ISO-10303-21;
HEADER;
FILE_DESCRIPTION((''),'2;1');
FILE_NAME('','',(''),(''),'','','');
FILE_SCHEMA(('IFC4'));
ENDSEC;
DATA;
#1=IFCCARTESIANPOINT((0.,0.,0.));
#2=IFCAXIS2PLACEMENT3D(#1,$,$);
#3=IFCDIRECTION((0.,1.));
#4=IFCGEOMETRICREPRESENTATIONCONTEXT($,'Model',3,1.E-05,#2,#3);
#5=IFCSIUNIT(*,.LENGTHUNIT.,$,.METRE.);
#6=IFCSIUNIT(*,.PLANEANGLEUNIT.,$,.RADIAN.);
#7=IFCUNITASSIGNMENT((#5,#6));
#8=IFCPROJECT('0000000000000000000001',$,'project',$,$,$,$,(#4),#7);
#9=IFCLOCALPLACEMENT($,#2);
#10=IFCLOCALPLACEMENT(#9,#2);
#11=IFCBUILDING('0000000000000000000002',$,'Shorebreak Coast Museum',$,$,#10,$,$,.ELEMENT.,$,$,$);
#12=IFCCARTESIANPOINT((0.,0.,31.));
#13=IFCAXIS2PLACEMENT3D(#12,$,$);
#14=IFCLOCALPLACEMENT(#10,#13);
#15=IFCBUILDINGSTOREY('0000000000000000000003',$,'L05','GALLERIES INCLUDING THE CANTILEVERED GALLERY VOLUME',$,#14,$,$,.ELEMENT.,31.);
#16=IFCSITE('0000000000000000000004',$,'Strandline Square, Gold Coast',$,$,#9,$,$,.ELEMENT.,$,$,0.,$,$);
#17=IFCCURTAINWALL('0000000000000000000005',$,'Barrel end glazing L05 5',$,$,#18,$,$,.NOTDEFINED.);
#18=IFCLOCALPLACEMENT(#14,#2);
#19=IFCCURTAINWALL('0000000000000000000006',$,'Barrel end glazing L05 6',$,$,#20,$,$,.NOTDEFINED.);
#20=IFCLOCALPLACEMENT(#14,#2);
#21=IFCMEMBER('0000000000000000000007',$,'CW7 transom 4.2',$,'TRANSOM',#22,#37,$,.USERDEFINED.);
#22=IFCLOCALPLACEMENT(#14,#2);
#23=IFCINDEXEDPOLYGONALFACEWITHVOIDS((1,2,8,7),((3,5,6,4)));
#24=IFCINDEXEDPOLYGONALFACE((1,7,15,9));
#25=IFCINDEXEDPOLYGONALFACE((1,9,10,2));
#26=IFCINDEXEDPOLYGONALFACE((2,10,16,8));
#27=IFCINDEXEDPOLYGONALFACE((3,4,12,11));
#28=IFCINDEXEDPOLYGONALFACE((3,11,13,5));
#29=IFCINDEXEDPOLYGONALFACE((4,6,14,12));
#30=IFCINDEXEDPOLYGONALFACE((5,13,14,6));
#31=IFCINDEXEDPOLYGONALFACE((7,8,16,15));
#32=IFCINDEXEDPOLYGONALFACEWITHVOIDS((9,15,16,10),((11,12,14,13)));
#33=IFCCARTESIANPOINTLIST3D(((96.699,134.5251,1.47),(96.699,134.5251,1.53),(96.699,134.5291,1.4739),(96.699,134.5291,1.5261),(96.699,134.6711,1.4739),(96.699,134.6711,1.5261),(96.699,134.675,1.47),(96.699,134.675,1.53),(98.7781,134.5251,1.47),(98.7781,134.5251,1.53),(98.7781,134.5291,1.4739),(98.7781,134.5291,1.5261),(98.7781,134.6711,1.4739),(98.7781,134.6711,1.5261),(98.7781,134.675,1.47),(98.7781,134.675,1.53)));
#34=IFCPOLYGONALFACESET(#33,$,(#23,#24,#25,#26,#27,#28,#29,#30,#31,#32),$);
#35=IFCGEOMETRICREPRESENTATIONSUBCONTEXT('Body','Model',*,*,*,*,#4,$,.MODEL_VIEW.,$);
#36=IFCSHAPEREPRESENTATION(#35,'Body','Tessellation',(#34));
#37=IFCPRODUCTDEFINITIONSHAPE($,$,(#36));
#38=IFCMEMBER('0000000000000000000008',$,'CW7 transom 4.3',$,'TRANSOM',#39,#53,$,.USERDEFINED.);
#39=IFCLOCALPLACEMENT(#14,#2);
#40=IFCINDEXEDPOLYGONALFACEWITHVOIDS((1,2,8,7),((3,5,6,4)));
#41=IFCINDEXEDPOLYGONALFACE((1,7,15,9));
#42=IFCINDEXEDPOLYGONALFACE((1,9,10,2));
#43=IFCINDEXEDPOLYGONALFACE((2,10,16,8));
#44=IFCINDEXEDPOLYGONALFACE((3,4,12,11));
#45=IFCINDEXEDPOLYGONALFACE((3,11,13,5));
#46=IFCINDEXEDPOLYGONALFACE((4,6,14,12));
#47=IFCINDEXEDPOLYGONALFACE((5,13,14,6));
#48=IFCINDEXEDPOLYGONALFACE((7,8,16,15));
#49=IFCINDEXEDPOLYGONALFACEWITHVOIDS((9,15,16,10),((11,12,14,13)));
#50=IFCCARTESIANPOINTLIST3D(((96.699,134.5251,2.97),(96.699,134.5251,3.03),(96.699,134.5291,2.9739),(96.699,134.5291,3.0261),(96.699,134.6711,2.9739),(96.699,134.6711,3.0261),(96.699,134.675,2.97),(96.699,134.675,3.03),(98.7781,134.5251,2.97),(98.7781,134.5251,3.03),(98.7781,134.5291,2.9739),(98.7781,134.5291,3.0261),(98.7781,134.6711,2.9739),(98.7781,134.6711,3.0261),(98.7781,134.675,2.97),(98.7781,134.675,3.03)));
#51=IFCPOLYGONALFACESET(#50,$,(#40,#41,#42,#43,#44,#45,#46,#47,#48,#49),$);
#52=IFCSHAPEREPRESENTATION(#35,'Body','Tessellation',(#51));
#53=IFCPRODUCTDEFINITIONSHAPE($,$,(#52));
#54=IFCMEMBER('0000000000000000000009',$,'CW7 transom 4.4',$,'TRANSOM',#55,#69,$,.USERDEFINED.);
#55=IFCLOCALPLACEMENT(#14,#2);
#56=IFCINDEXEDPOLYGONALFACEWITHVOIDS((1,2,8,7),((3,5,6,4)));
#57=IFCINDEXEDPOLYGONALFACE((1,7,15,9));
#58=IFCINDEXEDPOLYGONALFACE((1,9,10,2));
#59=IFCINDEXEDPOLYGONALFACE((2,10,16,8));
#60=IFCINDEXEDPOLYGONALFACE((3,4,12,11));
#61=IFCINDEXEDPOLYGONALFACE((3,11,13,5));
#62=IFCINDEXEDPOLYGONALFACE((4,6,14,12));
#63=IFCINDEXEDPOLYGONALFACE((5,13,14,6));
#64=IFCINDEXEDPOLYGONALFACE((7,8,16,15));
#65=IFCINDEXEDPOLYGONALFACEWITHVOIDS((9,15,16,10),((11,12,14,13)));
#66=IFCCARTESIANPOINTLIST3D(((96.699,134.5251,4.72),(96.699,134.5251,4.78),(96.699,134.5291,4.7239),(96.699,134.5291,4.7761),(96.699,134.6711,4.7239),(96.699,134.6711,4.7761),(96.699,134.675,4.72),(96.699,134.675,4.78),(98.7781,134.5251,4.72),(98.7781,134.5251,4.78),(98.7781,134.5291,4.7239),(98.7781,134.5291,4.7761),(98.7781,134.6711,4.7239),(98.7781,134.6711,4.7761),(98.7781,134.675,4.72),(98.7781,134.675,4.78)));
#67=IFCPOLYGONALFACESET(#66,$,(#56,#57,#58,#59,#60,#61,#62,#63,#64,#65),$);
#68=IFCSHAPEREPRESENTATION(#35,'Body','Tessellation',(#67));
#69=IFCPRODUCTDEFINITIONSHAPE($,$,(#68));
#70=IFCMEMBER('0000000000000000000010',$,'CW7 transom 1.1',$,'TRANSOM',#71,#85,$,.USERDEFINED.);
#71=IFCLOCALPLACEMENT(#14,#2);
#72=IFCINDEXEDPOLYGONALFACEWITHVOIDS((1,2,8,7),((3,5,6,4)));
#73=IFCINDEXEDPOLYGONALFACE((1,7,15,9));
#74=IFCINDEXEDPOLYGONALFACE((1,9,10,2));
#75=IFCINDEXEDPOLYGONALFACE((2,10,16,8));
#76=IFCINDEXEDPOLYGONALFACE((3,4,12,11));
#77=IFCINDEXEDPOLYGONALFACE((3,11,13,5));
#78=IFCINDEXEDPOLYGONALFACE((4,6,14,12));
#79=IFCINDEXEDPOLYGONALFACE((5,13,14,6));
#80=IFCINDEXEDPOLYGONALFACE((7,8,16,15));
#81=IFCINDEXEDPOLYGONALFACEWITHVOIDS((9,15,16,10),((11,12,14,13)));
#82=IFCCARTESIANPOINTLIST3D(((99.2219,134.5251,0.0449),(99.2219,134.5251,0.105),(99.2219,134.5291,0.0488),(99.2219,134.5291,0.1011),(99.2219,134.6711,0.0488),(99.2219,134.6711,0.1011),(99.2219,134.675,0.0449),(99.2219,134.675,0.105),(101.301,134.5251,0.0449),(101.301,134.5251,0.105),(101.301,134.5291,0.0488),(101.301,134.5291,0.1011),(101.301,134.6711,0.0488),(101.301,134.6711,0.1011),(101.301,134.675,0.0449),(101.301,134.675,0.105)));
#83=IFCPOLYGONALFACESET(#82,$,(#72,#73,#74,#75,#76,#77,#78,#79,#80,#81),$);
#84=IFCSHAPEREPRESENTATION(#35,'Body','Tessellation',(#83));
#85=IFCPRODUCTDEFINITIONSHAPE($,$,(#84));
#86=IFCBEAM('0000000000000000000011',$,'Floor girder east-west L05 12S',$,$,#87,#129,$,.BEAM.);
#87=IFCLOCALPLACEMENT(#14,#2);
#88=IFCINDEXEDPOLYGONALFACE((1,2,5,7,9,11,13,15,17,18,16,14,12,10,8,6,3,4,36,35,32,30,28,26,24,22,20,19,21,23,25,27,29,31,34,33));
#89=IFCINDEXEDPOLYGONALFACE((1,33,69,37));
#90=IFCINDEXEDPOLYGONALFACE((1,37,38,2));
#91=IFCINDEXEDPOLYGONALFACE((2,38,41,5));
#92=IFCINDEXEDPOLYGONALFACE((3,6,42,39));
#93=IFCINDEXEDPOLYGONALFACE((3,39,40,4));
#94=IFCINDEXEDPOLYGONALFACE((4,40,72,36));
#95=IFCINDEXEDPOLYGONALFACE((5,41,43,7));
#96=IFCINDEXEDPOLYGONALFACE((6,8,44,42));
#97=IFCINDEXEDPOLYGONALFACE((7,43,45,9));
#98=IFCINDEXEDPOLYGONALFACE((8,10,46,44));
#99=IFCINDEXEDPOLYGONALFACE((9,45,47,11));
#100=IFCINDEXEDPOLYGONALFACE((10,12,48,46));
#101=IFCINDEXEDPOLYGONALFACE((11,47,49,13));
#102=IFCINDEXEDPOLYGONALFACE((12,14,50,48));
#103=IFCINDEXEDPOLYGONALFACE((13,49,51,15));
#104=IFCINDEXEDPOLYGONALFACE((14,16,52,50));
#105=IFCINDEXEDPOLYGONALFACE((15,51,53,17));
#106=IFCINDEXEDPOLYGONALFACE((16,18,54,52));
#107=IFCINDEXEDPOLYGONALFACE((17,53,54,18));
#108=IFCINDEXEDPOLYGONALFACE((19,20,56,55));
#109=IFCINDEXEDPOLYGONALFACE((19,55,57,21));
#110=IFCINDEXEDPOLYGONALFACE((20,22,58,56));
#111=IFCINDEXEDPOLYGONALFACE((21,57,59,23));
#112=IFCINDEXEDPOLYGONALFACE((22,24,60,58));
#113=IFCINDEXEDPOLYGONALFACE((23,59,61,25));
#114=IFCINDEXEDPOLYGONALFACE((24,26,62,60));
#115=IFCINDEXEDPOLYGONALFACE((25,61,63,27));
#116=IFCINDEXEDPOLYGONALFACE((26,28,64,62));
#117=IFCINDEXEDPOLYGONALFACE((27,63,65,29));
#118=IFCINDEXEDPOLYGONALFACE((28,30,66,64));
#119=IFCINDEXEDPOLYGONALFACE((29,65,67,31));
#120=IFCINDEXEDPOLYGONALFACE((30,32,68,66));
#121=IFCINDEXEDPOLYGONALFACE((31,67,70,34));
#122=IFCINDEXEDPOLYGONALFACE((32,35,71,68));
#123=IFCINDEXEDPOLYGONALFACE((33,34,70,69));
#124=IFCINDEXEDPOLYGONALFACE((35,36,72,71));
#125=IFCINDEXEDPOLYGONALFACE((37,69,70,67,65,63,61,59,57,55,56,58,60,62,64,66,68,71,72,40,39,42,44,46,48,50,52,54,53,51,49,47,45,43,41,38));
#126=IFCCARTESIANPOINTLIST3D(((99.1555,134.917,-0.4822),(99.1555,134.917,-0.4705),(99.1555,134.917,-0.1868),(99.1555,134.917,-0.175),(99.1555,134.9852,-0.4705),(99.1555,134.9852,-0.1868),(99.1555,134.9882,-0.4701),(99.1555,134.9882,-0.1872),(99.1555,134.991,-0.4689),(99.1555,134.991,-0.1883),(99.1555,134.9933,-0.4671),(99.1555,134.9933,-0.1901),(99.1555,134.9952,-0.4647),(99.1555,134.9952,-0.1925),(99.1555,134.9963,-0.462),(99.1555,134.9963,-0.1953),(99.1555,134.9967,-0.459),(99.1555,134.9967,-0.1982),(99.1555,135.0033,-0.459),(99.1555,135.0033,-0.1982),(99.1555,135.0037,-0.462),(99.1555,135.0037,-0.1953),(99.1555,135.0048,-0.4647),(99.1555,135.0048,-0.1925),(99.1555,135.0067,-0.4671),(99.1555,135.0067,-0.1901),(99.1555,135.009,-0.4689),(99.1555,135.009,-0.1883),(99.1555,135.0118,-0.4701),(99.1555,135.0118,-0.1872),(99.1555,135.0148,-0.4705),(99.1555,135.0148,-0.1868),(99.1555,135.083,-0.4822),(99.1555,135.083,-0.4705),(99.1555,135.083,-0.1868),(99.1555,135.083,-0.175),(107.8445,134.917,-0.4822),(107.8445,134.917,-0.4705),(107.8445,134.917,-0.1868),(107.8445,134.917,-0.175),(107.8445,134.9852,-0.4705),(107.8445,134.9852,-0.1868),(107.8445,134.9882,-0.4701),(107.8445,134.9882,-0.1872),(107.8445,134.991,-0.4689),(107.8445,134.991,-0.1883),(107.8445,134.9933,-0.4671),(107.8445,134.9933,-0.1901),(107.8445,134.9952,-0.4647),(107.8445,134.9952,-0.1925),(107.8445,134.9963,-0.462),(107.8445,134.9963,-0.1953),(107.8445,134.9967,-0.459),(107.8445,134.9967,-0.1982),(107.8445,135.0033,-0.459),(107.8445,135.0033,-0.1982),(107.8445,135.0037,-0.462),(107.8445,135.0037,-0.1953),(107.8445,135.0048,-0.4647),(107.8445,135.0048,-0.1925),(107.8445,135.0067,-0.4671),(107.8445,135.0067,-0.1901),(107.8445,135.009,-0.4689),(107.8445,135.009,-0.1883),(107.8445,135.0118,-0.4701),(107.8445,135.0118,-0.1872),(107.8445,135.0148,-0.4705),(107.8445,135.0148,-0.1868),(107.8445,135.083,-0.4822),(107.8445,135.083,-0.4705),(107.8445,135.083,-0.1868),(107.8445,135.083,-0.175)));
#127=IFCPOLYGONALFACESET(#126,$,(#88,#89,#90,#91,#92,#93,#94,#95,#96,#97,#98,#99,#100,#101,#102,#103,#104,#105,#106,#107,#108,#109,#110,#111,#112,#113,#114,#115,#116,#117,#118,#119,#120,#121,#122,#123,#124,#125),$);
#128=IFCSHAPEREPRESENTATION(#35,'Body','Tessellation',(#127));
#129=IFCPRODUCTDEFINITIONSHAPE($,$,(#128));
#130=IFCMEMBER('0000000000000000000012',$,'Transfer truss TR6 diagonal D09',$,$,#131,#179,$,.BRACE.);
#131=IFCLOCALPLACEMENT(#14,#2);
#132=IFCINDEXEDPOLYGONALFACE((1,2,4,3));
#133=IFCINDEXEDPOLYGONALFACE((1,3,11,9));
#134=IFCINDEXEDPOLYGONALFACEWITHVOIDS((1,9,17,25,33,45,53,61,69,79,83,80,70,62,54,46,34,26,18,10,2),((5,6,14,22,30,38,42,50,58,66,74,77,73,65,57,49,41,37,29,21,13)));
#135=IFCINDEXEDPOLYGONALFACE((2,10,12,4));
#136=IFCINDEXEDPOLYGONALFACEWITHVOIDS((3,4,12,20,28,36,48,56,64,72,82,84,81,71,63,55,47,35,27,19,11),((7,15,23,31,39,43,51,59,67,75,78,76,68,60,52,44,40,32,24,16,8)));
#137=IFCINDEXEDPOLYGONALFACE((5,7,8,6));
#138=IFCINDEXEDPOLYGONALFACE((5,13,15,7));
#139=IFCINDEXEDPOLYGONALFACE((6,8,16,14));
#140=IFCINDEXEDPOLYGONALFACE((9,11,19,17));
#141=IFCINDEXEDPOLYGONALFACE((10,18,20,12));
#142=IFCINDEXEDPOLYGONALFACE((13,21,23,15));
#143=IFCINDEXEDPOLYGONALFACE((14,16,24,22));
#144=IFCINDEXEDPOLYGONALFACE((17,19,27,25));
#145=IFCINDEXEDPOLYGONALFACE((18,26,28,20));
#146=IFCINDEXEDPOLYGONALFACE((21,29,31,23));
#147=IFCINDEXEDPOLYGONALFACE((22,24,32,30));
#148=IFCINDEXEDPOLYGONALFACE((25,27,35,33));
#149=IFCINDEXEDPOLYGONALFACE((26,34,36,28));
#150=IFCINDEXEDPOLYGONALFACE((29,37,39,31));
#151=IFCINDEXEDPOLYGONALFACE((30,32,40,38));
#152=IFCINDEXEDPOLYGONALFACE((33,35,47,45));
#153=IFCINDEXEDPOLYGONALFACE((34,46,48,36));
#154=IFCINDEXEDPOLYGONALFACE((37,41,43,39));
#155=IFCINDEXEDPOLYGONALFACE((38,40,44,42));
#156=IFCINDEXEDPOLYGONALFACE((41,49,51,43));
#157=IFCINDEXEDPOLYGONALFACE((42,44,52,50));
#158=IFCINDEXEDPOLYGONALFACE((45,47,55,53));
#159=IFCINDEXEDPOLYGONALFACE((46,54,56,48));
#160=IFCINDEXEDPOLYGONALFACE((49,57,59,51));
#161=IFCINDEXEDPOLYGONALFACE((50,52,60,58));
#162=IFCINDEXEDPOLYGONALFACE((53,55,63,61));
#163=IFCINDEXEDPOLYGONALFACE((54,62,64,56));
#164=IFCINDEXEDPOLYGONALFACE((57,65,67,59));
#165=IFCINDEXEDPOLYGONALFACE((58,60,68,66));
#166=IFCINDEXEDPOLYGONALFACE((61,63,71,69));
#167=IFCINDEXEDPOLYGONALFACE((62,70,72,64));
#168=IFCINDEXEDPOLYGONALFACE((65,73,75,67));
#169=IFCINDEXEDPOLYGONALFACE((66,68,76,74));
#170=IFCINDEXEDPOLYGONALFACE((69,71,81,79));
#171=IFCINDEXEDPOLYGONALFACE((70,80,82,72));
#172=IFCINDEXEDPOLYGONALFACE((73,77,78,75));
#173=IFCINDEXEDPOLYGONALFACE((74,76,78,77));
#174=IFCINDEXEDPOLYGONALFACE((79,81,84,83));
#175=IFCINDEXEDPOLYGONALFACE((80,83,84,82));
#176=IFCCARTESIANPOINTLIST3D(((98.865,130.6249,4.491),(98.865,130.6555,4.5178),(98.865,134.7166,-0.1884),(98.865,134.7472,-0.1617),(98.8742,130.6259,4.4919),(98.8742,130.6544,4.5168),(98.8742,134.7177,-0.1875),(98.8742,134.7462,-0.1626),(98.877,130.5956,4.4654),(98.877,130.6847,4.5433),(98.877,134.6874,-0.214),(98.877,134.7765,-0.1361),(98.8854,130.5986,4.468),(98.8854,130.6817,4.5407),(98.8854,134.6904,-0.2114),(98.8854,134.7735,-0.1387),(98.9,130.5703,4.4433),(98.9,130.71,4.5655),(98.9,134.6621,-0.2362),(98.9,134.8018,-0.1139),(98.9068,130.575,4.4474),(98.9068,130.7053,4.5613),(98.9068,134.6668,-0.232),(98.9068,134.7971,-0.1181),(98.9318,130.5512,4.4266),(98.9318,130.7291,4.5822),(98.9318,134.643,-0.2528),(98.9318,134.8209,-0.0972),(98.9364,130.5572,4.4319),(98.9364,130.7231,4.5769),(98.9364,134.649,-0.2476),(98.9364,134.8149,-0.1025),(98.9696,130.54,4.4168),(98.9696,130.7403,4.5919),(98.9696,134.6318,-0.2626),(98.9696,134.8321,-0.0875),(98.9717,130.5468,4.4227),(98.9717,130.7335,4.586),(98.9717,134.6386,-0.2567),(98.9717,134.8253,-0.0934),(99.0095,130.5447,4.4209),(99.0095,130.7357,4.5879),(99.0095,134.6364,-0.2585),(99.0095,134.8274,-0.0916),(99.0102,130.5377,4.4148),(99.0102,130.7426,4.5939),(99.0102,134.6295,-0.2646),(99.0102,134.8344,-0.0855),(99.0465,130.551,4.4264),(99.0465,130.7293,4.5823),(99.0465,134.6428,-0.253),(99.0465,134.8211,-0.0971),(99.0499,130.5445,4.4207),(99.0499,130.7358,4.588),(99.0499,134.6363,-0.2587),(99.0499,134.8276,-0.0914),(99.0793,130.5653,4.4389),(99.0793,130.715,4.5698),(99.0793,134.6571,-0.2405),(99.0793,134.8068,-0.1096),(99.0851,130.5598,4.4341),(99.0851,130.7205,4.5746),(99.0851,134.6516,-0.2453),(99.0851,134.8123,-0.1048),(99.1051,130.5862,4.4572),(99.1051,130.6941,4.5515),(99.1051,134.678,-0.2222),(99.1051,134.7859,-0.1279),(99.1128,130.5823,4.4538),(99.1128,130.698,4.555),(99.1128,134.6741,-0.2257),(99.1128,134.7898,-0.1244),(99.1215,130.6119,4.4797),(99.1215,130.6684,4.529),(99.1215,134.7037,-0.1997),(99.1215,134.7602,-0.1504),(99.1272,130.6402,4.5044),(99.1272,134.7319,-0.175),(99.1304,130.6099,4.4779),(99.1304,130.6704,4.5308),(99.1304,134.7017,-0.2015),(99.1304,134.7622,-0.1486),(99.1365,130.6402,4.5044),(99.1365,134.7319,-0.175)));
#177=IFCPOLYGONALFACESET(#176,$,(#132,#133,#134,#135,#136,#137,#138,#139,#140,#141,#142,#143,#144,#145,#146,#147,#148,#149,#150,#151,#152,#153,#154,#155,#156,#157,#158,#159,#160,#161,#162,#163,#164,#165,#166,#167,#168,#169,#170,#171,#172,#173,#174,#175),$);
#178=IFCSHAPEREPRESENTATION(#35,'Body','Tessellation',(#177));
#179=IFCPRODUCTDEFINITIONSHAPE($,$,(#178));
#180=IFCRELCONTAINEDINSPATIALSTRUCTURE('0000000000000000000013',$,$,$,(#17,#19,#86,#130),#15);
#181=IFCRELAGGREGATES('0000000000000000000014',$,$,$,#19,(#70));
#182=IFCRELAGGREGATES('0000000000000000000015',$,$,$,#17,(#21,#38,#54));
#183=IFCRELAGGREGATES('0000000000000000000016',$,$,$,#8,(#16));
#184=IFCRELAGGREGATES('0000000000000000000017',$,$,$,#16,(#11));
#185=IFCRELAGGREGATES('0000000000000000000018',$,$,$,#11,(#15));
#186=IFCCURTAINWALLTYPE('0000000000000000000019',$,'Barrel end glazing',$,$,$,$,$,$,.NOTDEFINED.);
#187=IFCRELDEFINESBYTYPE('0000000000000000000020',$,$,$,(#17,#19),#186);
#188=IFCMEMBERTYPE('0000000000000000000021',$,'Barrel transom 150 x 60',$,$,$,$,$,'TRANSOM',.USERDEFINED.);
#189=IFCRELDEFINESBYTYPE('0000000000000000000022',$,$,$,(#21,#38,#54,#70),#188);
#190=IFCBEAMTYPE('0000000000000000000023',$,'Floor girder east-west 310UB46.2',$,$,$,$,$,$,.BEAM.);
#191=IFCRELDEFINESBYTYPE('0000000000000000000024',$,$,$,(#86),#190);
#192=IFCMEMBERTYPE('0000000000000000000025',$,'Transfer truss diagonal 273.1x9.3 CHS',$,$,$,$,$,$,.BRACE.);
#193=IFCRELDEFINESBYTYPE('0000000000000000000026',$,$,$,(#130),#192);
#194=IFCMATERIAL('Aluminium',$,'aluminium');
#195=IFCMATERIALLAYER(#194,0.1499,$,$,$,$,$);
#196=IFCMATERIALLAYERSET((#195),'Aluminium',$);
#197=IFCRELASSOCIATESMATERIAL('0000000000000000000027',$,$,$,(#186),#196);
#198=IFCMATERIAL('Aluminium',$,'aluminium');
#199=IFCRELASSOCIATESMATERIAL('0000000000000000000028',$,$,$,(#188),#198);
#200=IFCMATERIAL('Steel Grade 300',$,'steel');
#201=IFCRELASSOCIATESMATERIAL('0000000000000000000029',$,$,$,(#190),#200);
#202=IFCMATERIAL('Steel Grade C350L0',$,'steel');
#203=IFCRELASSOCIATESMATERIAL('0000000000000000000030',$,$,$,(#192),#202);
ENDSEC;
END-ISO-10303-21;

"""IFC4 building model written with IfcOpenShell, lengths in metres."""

from ifc_helpers import new_model, si_unit, direction, frame, origin, origin_2d, place, context, subcontext, project, spatial, hollow_rectangle, hollow_circle, i_section, extrude, material, layer, layer_set, material_profile, profile_set, type_object, element, aggregate, save


model = new_model("IFC4")

# Units and contexts
model_context = context("Model", 3, precision=1e-05, world=origin(), true_north=direction((0.0, 1.0)))
body_context = subcontext(model_context, "Body", "Model", "MODEL_VIEW")
ifc_project = project(units=[si_unit("LENGTHUNIT", "METRE"), si_unit("PLANEANGLEUNIT", "RADIAN")], contexts=[model_context])

# Site, building, storey
site_placement = place(None, origin())
site = spatial("IfcSite", under=ifc_project, at=site_placement, Name="Strandline Square, Gold Coast", CompositionType="ELEMENT", RefElevation=0.0)
building_placement = place(site_placement, origin())
building = spatial("IfcBuilding", under=site, at=building_placement, Name="Shorebreak Coast Museum", CompositionType="ELEMENT")
storey_placement = place(building_placement, frame((0.0, 0.0, 31.0)))
storey = spatial("IfcBuildingStorey", under=building, at=storey_placement, Name="L05", Description="GALLERIES INCLUDING THE CANTILEVERED GALLERY VOLUME", CompositionType="ELEMENT", Elevation=31.0)

# Curtain wall
ifc_material_1 = material(Name="Aluminium", Category="aluminium")
ifc_layer_1 = layer(ifc_material_1, 0.1499)
ifc_layer_set_1 = layer_set([ifc_layer_1], Name="Aluminium")
curtain_wall_type = type_object("IfcCurtainWallType", Name="Barrel end glazing", PredefinedType="NOTDEFINED", material=ifc_layer_set_1)
curtain_wall_1_placement = place(storey_placement, origin())
curtain_wall_1 = element("IfcCurtainWall", 1, at=curtain_wall_1_placement, inside=storey, type_object=curtain_wall_type, Name="Barrel end glazing L05 5", PredefinedType="NOTDEFINED")

# Curtain wall
curtain_wall_2_placement = place(storey_placement, origin())
curtain_wall_2 = element("IfcCurtainWall", 2, at=curtain_wall_2_placement, inside=storey, type_object=curtain_wall_type, Name="Barrel end glazing L05 6", PredefinedType="NOTDEFINED")

# Members
ifc_material_2 = material(Name="Aluminium", Category="aluminium")
ifc_material_profile_1 = material_profile(ifc_material_2, hollow_rectangle(XDim=0.1499, YDim=0.0601, WallThickness=0.0039, at=origin_2d()), Name="AL 60x150 RHS")
ifc_profile_set_1 = profile_set([ifc_material_profile_1], Name="Aluminium")
member_type_1 = type_object("IfcMemberType", Name="Barrel transom 150 x 60", ElementType="TRANSOM", PredefinedType="USERDEFINED", material=ifc_profile_set_1)
member_1_placement = place(storey_placement, frame((96.699, 134.6001, 1.5), z_axis=(1.0, 0.0, 0.0), x_axis=(0.0, 1.0, 0.0)))
member_1 = element("IfcMember", 3, at=member_1_placement, type_object=member_type_1, Name="CW7 transom 4.2", ObjectType="TRANSOM", PredefinedType="USERDEFINED", context=body_context, shape_type="SweptSolid", body=[
    extrude(hollow_rectangle(XDim=0.1499, YDim=0.0601, WallThickness=0.0039, at=origin_2d()), origin(), (0.0, 0.0, 1.0), 2.0791),
])
member_2_placement = place(storey_placement, frame((96.699, 134.6001, 3.0), z_axis=(1.0, 0.0, 0.0), x_axis=(0.0, 1.0, 0.0)))
member_2 = element("IfcMember", 4, at=member_2_placement, type_object=member_type_1, Name="CW7 transom 4.3", ObjectType="TRANSOM", PredefinedType="USERDEFINED", context=body_context, shape_type="SweptSolid", body=[
    extrude(hollow_rectangle(XDim=0.1499, YDim=0.0601, WallThickness=0.0039, at=origin_2d()), origin(), (0.0, 0.0, 1.0), 2.0791),
])
member_3_placement = place(storey_placement, frame((96.699, 134.6001, 4.75), z_axis=(1.0, 0.0, 0.0), x_axis=(0.0, 1.0, 0.0)))
member_3 = element("IfcMember", 5, at=member_3_placement, type_object=member_type_1, Name="CW7 transom 4.4", ObjectType="TRANSOM", PredefinedType="USERDEFINED", context=body_context, shape_type="SweptSolid", body=[
    extrude(hollow_rectangle(XDim=0.1499, YDim=0.0601, WallThickness=0.0039, at=origin_2d()), origin(), (0.0, 0.0, 1.0), 2.0791),
])
member_4_placement = place(storey_placement, frame((99.2219, 134.6001, 0.075), z_axis=(1.0, 0.0, 0.0), x_axis=(0.0, 1.0, 0.0)))
member_4 = element("IfcMember", 6, at=member_4_placement, type_object=member_type_1, Name="CW7 transom 1.1", ObjectType="TRANSOM", PredefinedType="USERDEFINED", context=body_context, shape_type="SweptSolid", body=[
    extrude(hollow_rectangle(XDim=0.1499, YDim=0.0601, WallThickness=0.0039, at=origin_2d()), origin(), (0.0, 0.0, 1.0), 2.0791),
])
aggregate(curtain_wall_2, [member_4])

# Beam
ifc_material_3 = material(Name="Steel Grade 300", Category="steel")
ifc_material_profile_2 = material_profile(ifc_material_3, i_section(OverallWidth=0.166, OverallDepth=0.3071, WebThickness=0.0066, FlangeThickness=0.0117, FilletRadius=0.0115, at=origin_2d()), Name="310UB46.2")
ifc_profile_set_2 = profile_set([ifc_material_profile_2], Name="Steel Grade 300")
beam_type = type_object("IfcBeamType", Name="Floor girder east-west 310UB46.2", PredefinedType="BEAM", material=ifc_profile_set_2)
beam_placement = place(storey_placement, frame((99.1555, 135.0, -0.3286), z_axis=(1.0, 0.0, 0.0), x_axis=(0.0, 1.0, 0.0)))
element("IfcBeam", 7, at=beam_placement, inside=storey, type_object=beam_type, Name="Floor girder east-west L05 12S", PredefinedType="BEAM", context=body_context, shape_type="SweptSolid", body=[
    extrude(i_section(OverallWidth=0.166, OverallDepth=0.3071, WebThickness=0.0066, FlangeThickness=0.0117, FilletRadius=0.0115, at=origin_2d()), origin(), (0.0, 0.0, 1.0), 8.689),
])

# Member
ifc_material_4 = material(Name="Steel Grade C350L0", Category="steel")
ifc_material_profile_3 = material_profile(ifc_material_4, hollow_circle(Radius=0.1365, WallThickness=0.0093, at=origin_2d()), Name="273.1x9.3 CHS")
ifc_profile_set_3 = profile_set([ifc_material_profile_3], Name="Steel Grade C350L0")
member_type_2 = type_object("IfcMemberType", Name="Transfer truss diagonal 273.1x9.3 CHS", PredefinedType="BRACE", material=ifc_profile_set_3)
member_5_placement = place(storey_placement, frame((99.0, 134.7319, -0.175), z_axis=(0.0, -0.658257, 0.752793), x_axis=(1.0, 0.0, 0.0)))
element("IfcMember", 8, at=member_5_placement, inside=storey, type_object=member_type_2, Name="Transfer truss TR6 diagonal D09", PredefinedType="BRACE", context=body_context, shape_type="SweptSolid", body=[
    extrude(hollow_circle(Radius=0.1365, WallThickness=0.0093, at=origin_2d()), origin(), (0.0, 0.0, 1.0), 6.2161),
])

aggregate(curtain_wall_1, [member_1, member_2, member_3])

save(model, "model.ifc")
